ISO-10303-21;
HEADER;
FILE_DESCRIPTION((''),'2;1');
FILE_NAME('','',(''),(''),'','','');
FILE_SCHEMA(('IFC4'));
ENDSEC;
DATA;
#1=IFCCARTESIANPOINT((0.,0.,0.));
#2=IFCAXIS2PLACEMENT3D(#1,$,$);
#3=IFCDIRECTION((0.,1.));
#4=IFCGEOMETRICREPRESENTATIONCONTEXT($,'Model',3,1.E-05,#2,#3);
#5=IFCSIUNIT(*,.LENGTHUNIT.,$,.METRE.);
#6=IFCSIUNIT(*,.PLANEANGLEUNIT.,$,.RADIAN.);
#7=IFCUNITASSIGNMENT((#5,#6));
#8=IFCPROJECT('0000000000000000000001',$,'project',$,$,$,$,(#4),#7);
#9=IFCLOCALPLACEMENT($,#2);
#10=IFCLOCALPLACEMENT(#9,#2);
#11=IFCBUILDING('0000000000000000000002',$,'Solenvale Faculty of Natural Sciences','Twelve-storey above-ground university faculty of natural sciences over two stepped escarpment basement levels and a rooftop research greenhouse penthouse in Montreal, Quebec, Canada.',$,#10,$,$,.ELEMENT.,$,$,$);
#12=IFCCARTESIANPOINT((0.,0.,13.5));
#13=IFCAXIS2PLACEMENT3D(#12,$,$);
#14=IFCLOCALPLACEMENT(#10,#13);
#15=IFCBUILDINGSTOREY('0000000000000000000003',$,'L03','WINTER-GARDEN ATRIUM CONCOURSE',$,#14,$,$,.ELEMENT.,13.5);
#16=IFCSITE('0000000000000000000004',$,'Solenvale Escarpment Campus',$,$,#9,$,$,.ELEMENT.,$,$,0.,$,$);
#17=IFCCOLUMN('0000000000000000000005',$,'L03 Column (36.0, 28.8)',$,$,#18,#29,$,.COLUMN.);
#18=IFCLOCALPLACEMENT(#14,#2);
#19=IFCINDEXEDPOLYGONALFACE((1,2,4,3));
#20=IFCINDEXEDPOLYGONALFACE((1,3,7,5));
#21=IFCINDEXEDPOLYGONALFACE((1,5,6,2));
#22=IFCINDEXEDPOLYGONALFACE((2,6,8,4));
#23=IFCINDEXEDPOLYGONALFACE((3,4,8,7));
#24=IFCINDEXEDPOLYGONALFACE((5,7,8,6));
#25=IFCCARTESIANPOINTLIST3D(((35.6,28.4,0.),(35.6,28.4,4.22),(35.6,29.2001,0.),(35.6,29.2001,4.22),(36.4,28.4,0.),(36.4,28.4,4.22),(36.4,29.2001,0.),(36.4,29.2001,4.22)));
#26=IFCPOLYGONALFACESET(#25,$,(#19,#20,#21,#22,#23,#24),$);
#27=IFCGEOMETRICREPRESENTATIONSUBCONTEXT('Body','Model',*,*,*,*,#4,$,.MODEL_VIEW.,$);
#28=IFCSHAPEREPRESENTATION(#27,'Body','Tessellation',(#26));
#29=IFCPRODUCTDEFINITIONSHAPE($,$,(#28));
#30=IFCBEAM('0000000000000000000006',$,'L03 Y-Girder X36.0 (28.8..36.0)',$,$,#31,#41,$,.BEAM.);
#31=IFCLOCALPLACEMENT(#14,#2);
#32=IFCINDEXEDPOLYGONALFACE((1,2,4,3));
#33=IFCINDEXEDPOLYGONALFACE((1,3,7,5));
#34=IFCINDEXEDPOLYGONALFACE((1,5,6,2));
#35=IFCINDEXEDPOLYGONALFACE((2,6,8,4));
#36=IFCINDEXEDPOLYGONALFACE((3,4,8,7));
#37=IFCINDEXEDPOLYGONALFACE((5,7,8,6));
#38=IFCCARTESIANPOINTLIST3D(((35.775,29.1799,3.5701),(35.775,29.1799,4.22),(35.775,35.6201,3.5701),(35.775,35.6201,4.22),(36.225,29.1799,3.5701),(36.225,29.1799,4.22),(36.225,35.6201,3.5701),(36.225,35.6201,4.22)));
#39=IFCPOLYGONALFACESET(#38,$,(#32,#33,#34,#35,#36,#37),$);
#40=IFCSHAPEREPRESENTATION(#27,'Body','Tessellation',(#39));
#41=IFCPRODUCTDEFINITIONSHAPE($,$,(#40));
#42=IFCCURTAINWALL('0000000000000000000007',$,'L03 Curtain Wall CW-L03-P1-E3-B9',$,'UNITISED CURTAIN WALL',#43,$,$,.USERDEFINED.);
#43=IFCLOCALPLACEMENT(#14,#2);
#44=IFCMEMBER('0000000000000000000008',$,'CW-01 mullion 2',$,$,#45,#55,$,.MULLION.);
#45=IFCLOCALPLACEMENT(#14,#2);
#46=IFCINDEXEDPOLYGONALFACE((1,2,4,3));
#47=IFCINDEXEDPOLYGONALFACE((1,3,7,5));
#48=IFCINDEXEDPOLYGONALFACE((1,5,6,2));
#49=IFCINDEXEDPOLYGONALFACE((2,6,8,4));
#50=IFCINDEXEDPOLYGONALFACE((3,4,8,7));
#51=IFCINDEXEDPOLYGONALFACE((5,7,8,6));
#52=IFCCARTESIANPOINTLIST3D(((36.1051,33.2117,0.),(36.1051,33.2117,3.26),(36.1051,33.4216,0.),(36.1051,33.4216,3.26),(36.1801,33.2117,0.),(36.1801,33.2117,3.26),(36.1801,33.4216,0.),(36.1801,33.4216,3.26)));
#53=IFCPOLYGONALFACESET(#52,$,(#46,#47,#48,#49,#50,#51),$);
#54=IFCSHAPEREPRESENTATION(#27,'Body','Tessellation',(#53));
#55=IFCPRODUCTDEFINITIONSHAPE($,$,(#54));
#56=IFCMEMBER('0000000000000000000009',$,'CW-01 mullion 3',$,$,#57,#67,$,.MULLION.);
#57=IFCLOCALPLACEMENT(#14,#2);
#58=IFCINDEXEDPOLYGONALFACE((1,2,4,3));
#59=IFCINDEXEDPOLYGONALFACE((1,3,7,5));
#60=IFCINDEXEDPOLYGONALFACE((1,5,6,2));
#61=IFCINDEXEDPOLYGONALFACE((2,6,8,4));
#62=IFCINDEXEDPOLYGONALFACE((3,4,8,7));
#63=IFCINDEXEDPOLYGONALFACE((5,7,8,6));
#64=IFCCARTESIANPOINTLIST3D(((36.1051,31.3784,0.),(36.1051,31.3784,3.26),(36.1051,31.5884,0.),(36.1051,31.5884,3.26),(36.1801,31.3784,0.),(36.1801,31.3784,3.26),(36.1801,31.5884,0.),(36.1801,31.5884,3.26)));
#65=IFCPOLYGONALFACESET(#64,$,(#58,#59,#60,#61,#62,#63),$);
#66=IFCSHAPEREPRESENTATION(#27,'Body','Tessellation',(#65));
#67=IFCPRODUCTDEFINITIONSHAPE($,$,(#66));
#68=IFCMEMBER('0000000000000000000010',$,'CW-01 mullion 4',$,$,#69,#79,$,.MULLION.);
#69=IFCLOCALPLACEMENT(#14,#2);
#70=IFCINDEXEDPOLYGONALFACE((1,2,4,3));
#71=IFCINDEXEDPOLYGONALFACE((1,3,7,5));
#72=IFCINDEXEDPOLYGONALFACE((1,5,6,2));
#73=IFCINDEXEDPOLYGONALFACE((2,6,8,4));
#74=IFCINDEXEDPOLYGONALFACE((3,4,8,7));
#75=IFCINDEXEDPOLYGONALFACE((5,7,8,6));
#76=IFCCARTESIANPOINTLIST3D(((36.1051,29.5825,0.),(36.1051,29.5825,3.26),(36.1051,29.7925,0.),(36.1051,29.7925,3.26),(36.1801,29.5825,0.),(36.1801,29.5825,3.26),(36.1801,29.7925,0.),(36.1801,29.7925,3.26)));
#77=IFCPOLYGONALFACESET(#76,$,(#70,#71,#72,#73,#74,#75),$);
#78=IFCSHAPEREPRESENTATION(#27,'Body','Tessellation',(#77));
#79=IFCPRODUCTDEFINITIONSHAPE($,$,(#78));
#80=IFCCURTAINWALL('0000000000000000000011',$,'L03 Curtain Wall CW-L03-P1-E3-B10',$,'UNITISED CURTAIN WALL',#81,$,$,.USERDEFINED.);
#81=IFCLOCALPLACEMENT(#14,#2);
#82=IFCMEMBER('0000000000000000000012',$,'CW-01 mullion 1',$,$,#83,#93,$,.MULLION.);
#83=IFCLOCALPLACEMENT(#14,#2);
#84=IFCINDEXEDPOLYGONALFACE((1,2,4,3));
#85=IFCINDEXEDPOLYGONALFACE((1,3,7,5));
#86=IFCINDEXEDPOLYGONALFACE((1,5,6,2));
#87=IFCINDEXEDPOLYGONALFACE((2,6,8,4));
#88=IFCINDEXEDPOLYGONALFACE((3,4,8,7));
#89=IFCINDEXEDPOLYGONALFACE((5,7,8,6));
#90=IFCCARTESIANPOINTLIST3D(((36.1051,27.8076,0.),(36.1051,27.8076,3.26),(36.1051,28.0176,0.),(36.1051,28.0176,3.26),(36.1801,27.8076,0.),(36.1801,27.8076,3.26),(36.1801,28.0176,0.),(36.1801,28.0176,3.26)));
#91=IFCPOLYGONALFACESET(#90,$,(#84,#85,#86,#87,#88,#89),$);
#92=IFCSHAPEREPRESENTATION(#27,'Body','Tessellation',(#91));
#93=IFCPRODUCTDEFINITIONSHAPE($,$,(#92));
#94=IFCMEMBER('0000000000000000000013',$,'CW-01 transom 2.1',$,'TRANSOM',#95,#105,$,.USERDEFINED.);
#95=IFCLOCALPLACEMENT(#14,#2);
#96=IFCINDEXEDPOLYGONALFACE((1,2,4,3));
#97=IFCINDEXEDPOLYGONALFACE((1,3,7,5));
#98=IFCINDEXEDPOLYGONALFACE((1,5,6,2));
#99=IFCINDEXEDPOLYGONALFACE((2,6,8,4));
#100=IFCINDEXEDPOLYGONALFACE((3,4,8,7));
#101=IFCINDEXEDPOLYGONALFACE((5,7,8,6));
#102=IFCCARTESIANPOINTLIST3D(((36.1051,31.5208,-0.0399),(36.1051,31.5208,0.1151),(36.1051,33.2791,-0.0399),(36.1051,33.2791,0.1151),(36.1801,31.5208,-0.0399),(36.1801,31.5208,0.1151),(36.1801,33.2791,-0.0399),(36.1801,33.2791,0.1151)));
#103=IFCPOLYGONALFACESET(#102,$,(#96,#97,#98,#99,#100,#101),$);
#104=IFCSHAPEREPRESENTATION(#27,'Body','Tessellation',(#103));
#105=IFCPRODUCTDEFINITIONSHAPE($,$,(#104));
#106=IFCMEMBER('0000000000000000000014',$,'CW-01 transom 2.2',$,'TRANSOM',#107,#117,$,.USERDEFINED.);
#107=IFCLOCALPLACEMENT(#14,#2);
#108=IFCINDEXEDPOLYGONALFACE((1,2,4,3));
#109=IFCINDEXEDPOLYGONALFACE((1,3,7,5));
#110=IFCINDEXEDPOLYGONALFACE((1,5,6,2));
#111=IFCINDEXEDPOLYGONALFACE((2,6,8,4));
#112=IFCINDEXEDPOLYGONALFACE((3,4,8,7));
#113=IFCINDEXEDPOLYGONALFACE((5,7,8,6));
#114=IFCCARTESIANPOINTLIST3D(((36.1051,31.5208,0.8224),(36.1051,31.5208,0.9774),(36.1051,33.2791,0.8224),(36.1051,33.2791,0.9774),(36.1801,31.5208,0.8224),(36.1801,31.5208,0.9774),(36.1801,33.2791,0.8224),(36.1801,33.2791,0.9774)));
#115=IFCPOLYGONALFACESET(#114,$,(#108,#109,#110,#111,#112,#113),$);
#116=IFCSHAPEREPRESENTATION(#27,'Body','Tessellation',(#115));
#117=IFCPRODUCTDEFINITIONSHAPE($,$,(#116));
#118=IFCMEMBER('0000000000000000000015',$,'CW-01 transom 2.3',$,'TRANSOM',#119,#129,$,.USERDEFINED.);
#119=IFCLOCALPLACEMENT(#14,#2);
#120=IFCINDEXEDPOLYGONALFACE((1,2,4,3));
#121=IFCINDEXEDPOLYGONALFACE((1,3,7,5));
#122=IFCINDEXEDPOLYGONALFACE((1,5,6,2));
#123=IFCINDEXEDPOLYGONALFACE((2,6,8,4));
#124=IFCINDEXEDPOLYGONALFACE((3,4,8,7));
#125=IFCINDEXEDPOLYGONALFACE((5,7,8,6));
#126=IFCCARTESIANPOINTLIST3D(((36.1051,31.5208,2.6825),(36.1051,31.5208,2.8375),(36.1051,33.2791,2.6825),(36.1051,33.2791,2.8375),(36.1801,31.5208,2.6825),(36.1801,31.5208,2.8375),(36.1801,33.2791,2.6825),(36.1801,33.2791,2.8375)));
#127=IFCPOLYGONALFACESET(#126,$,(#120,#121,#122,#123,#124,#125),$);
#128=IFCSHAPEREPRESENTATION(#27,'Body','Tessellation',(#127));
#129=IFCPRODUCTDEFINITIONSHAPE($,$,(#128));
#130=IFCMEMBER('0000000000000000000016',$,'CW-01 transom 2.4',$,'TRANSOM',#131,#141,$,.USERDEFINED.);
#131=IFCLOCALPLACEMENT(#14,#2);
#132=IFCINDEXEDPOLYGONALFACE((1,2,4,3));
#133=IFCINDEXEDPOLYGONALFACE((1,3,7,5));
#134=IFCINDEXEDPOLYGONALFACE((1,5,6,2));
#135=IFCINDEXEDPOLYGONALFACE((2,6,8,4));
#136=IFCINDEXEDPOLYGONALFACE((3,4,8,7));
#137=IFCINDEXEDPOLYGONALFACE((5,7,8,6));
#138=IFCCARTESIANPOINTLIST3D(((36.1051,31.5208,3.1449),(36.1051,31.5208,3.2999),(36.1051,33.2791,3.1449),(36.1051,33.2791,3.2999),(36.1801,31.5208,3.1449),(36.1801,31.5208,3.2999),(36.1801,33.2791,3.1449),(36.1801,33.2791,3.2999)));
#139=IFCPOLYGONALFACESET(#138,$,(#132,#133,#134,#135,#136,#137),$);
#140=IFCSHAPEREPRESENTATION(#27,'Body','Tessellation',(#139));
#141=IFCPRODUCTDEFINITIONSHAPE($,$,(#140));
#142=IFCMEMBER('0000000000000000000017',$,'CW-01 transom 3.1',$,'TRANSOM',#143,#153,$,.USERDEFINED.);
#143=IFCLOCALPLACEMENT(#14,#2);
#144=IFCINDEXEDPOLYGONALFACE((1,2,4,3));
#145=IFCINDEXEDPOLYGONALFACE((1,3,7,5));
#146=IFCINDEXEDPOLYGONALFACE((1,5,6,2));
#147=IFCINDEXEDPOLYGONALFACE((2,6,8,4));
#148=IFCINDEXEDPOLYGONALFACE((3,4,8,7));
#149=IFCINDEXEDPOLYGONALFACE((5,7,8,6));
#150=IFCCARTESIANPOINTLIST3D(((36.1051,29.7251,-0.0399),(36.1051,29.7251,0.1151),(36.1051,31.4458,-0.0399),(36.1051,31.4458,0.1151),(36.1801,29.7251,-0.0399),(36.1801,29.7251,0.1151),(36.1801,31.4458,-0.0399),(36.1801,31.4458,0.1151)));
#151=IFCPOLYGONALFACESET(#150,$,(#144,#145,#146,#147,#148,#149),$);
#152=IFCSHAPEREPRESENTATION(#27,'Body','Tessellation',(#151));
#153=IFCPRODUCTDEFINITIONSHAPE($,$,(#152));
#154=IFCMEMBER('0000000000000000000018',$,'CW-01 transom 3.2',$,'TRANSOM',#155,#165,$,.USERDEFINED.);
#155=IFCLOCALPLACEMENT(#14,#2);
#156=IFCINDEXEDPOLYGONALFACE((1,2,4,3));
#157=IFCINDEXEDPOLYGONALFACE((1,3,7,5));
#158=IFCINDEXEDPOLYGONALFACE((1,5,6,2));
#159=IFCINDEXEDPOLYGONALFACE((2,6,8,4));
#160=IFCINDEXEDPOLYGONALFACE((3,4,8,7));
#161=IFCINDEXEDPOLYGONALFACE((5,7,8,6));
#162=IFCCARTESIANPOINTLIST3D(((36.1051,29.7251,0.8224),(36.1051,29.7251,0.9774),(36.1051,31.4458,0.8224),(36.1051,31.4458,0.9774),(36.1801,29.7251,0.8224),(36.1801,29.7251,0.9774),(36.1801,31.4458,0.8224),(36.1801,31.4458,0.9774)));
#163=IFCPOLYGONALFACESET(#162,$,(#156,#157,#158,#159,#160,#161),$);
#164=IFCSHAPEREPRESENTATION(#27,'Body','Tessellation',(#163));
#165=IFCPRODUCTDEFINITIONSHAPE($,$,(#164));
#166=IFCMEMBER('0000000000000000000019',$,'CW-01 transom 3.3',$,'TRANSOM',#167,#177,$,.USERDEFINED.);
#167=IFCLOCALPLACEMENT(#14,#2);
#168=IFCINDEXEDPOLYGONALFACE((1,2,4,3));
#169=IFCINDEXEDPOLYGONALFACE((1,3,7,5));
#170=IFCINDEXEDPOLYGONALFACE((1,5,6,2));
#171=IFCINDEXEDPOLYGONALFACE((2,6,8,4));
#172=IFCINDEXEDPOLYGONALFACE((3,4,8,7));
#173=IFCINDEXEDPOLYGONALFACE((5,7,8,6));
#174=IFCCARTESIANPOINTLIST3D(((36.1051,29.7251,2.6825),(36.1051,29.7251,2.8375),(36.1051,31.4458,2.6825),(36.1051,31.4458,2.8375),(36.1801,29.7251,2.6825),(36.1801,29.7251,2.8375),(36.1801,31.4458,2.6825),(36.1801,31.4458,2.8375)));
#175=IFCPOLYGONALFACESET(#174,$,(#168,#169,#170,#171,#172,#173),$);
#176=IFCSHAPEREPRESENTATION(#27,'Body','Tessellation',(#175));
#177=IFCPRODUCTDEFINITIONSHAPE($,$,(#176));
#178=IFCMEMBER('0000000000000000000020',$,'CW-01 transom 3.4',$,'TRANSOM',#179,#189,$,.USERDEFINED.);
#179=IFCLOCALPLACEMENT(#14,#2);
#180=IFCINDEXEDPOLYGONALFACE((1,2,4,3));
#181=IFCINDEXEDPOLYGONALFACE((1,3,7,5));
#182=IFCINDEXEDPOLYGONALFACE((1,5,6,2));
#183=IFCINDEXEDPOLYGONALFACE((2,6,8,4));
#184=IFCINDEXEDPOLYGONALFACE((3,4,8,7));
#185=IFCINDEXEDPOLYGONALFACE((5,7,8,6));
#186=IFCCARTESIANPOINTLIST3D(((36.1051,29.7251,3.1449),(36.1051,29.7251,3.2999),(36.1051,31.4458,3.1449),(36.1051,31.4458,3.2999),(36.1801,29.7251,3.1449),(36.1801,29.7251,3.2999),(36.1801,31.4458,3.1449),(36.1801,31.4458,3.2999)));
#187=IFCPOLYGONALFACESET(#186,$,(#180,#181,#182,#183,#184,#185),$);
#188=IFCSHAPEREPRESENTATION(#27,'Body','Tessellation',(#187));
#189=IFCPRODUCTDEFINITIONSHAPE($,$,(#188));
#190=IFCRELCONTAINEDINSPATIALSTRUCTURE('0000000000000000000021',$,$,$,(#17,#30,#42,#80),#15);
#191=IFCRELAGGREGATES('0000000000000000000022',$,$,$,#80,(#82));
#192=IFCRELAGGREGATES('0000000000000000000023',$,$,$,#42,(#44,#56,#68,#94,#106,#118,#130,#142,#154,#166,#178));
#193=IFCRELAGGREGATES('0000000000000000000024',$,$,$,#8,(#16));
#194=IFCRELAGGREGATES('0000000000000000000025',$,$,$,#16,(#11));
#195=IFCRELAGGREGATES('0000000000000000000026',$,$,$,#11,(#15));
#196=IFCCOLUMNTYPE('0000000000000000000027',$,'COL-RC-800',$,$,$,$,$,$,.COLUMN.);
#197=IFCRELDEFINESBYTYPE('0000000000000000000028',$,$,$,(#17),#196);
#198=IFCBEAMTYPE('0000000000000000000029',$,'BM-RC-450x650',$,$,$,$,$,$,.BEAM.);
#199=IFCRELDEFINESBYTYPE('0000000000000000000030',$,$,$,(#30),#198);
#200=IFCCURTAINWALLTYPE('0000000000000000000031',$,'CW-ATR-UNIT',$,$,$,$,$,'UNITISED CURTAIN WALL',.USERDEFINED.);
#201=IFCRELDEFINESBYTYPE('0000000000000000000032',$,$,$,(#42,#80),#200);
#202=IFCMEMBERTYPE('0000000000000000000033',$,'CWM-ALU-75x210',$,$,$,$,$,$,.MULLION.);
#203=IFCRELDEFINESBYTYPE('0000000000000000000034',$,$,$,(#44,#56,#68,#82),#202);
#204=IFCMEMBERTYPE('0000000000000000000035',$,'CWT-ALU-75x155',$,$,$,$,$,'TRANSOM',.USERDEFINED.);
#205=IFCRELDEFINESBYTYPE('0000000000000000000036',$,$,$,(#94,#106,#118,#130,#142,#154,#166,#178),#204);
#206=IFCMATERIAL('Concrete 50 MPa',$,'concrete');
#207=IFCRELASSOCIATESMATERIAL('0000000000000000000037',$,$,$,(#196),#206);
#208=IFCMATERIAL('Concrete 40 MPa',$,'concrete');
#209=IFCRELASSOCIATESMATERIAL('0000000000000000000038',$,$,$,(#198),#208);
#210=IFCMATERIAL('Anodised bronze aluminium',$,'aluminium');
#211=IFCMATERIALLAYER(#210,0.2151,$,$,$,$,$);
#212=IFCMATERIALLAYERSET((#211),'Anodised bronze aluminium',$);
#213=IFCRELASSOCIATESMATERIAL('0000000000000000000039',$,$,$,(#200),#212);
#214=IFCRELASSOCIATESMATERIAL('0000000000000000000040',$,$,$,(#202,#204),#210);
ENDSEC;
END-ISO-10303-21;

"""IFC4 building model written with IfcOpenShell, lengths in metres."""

from ifc_helpers import new_model, si_unit, direction, frame, origin, origin_2d, place, context, subcontext, project, spatial, rectangle, extrude, material, layer, layer_set, material_profile, profile_set, type_object, element, aggregate, save


model = new_model("IFC4")

# Units and contexts
model_context = context("Model", 3, precision=1e-05, world=origin(), true_north=direction((0.0, 1.0)))
body_context = subcontext(model_context, "Body", "Model", "MODEL_VIEW")
ifc_project = project(units=[si_unit("LENGTHUNIT", "METRE"), si_unit("PLANEANGLEUNIT", "RADIAN")], contexts=[model_context])

# Site, building, storey
site_placement = place(None, origin())
site = spatial("IfcSite", under=ifc_project, at=site_placement, Name="Solenvale Escarpment Campus", CompositionType="ELEMENT", RefElevation=0.0)
building_placement = place(site_placement, origin())
building = spatial("IfcBuilding", under=site, at=building_placement, Name="Solenvale Faculty of Natural Sciences", Description="Twelve-storey above-ground university faculty of natural sciences over two stepped escarpment basement levels and a rooftop research greenhouse penthouse in Montreal, Quebec, Canada.", CompositionType="ELEMENT")
storey_placement = place(building_placement, frame((0.0, 0.0, 13.5)))
storey = spatial("IfcBuildingStorey", under=building, at=storey_placement, Name="L03", Description="WINTER-GARDEN ATRIUM CONCOURSE", CompositionType="ELEMENT", Elevation=13.5)

# Column
ifc_material_1 = material(Name="Concrete 50 MPa", Category="concrete")
ifc_material_profile_1 = material_profile(ifc_material_1, rectangle(XDim=0.8, YDim=0.8, at=origin_2d()), Name="RC-COL-800x800")
ifc_profile_set_1 = profile_set([ifc_material_profile_1], Name="Concrete 50 MPa")
column_type = type_object("IfcColumnType", Name="COL-RC-800", PredefinedType="COLUMN", material=ifc_profile_set_1)
column_placement = place(storey_placement, frame((36.0, 28.8, 0.0), z_axis=(0.0, 0.0, 1.0), x_axis=(1.0, 0.0, 0.0)))
element("IfcColumn", 1, at=column_placement, inside=storey, type_object=column_type, Name="L03 Column (36.0, 28.8)", PredefinedType="COLUMN", context=body_context, shape_type="SweptSolid", body=[
    extrude(rectangle(XDim=0.8, YDim=0.8, at=origin_2d()), origin(), (0.0, 0.0, 1.0), 4.22),
])

# Beam
ifc_material_2 = material(Name="Concrete 40 MPa", Category="concrete")
ifc_material_profile_2 = material_profile(ifc_material_2, rectangle(XDim=0.45, YDim=0.6499, at=origin_2d()), Name="RC-BM-450x650")
ifc_profile_set_2 = profile_set([ifc_material_profile_2], Name="Concrete 40 MPa")
beam_type = type_object("IfcBeamType", Name="BM-RC-450x650", PredefinedType="BEAM", material=ifc_profile_set_2)
beam_placement = place(storey_placement, frame((36.0, 29.1799, 3.895), z_axis=(0.0, 1.0, 0.0), x_axis=(-1.0, 0.0, 0.0)))
element("IfcBeam", 2, at=beam_placement, inside=storey, type_object=beam_type, Name="L03 Y-Girder X36.0 (28.8..36.0)", PredefinedType="BEAM", context=body_context, shape_type="SweptSolid", body=[
    extrude(rectangle(XDim=0.45, YDim=0.6499, at=origin_2d()), origin(), (0.0, 0.0, 1.0), 6.4402),
])

# Curtain wall, members
ifc_material_3 = material(Name="Anodised bronze aluminium", Category="aluminium")
ifc_layer_1 = layer(ifc_material_3, 0.2151)
ifc_layer_set_1 = layer_set([ifc_layer_1], Name="Anodised bronze aluminium")
curtain_wall_type = type_object("IfcCurtainWallType", Name="CW-ATR-UNIT", ElementType="UNITISED CURTAIN WALL", PredefinedType="USERDEFINED", material=ifc_layer_set_1)
curtain_wall_1_placement = place(storey_placement, origin())
curtain_wall_1 = element("IfcCurtainWall", 3, at=curtain_wall_1_placement, inside=storey, type_object=curtain_wall_type, Name="L03 Curtain Wall CW-L03-P1-E3-B9", ObjectType="UNITISED CURTAIN WALL", PredefinedType="USERDEFINED")
ifc_material_profile_3 = material_profile(ifc_material_3, rectangle(XDim=0.075, YDim=0.21, at=origin_2d()), Name="ALU-MUL-75x210")
ifc_profile_set_3 = profile_set([ifc_material_profile_3], Name="Anodised bronze aluminium")
member_type_1 = type_object("IfcMemberType", Name="CWM-ALU-75x210", PredefinedType="MULLION", material=ifc_profile_set_3)
member_1_placement = place(storey_placement, frame((36.1426, 33.3167, 0.0), z_axis=(0.0, 0.0, 1.0), x_axis=(1.0, 0.0, 0.0)))
member_1 = element("IfcMember", 4, at=member_1_placement, type_object=member_type_1, Name="CW-01 mullion 2", PredefinedType="MULLION", context=body_context, shape_type="SweptSolid", body=[
    extrude(rectangle(XDim=0.075, YDim=0.21, at=origin_2d()), origin(), (0.0, 0.0, 1.0), 3.26),
])
member_2_placement = place(storey_placement, frame((36.1426, 31.4834, 0.0), z_axis=(0.0, 0.0, 1.0), x_axis=(1.0, 0.0, 0.0)))
member_2 = element("IfcMember", 5, at=member_2_placement, type_object=member_type_1, Name="CW-01 mullion 3", PredefinedType="MULLION", context=body_context, shape_type="SweptSolid", body=[
    extrude(rectangle(XDim=0.075, YDim=0.21, at=origin_2d()), origin(), (0.0, 0.0, 1.0), 3.26),
])
member_3_placement = place(storey_placement, frame((36.1426, 29.6875, 0.0), z_axis=(0.0, 0.0, 1.0), x_axis=(1.0, 0.0, 0.0)))
member_3 = element("IfcMember", 6, at=member_3_placement, type_object=member_type_1, Name="CW-01 mullion 4", PredefinedType="MULLION", context=body_context, shape_type="SweptSolid", body=[
    extrude(rectangle(XDim=0.075, YDim=0.21, at=origin_2d()), origin(), (0.0, 0.0, 1.0), 3.26),
])

# Curtain wall, member
curtain_wall_2_placement = place(storey_placement, origin())
curtain_wall_2 = element("IfcCurtainWall", 7, at=curtain_wall_2_placement, inside=storey, type_object=curtain_wall_type, Name="L03 Curtain Wall CW-L03-P1-E3-B10", ObjectType="UNITISED CURTAIN WALL", PredefinedType="USERDEFINED")
member_4_placement = place(storey_placement, frame((36.1426, 27.9126, 0.0), z_axis=(0.0, 0.0, 1.0), x_axis=(1.0, 0.0, 0.0)))
member_4 = element("IfcMember", 8, at=member_4_placement, type_object=member_type_1, Name="CW-01 mullion 1", PredefinedType="MULLION", context=body_context, shape_type="SweptSolid", body=[
    extrude(rectangle(XDim=0.075, YDim=0.21, at=origin_2d()), origin(), (0.0, 0.0, 1.0), 3.26),
])

# Members
ifc_material_profile_4 = material_profile(ifc_material_3, rectangle(XDim=0.075, YDim=0.155, at=origin_2d()), Name="ALU-TRN-75x155")
ifc_profile_set_4 = profile_set([ifc_material_profile_4], Name="Anodised bronze aluminium")
member_type_2 = type_object("IfcMemberType", Name="CWT-ALU-75x155", ElementType="TRANSOM", PredefinedType="USERDEFINED", material=ifc_profile_set_4)
member_5_placement = place(storey_placement, frame((36.1426, 33.2791, 0.0376), z_axis=(0.0, -1.0, 0.0), x_axis=(1.0, 0.0, 0.0)))
member_5 = element("IfcMember", 9, at=member_5_placement, type_object=member_type_2, Name="CW-01 transom 2.1", ObjectType="TRANSOM", PredefinedType="USERDEFINED", context=body_context, shape_type="SweptSolid", body=[
    extrude(rectangle(XDim=0.075, YDim=0.155, at=origin_2d()), origin(), (0.0, 0.0, 1.0), 1.7583),
])
member_6_placement = place(storey_placement, frame((36.1426, 33.2791, 0.8999), z_axis=(0.0, -1.0, 0.0), x_axis=(1.0, 0.0, 0.0)))
member_6 = element("IfcMember", 10, at=member_6_placement, type_object=member_type_2, Name="CW-01 transom 2.2", ObjectType="TRANSOM", PredefinedType="USERDEFINED", context=body_context, shape_type="SweptSolid", body=[
    extrude(rectangle(XDim=0.075, YDim=0.155, at=origin_2d()), origin(), (0.0, 0.0, 1.0), 1.7583),
])
member_7_placement = place(storey_placement, frame((36.1426, 33.2791, 2.76), z_axis=(0.0, -1.0, 0.0), x_axis=(1.0, 0.0, 0.0)))
member_7 = element("IfcMember", 11, at=member_7_placement, type_object=member_type_2, Name="CW-01 transom 2.3", ObjectType="TRANSOM", PredefinedType="USERDEFINED", context=body_context, shape_type="SweptSolid", body=[
    extrude(rectangle(XDim=0.075, YDim=0.155, at=origin_2d()), origin(), (0.0, 0.0, 1.0), 1.7583),
])
member_8_placement = place(storey_placement, frame((36.1426, 33.2791, 3.2224), z_axis=(0.0, -1.0, 0.0), x_axis=(1.0, 0.0, 0.0)))
member_8 = element("IfcMember", 12, at=member_8_placement, type_object=member_type_2, Name="CW-01 transom 2.4", ObjectType="TRANSOM", PredefinedType="USERDEFINED", context=body_context, shape_type="SweptSolid", body=[
    extrude(rectangle(XDim=0.075, YDim=0.155, at=origin_2d()), origin(), (0.0, 0.0, 1.0), 1.7583),
])
member_9_placement = place(storey_placement, frame((36.1426, 31.4458, 0.0376), z_axis=(0.0, -1.0, 0.0), x_axis=(1.0, 0.0, 0.0)))
member_9 = element("IfcMember", 13, at=member_9_placement, type_object=member_type_2, Name="CW-01 transom 3.1", ObjectType="TRANSOM", PredefinedType="USERDEFINED", context=body_context, shape_type="SweptSolid", body=[
    extrude(rectangle(XDim=0.075, YDim=0.155, at=origin_2d()), origin(), (0.0, 0.0, 1.0), 1.7207),
])
member_10_placement = place(storey_placement, frame((36.1426, 31.4458, 0.8999), z_axis=(0.0, -1.0, 0.0), x_axis=(1.0, 0.0, 0.0)))
member_10 = element("IfcMember", 14, at=member_10_placement, type_object=member_type_2, Name="CW-01 transom 3.2", ObjectType="TRANSOM", PredefinedType="USERDEFINED", context=body_context, shape_type="SweptSolid", body=[
    extrude(rectangle(XDim=0.075, YDim=0.155, at=origin_2d()), origin(), (0.0, 0.0, 1.0), 1.7207),
])
member_11_placement = place(storey_placement, frame((36.1426, 31.4458, 2.76), z_axis=(0.0, -1.0, 0.0), x_axis=(1.0, 0.0, 0.0)))
member_11 = element("IfcMember", 15, at=member_11_placement, type_object=member_type_2, Name="CW-01 transom 3.3", ObjectType="TRANSOM", PredefinedType="USERDEFINED", context=body_context, shape_type="SweptSolid", body=[
    extrude(rectangle(XDim=0.075, YDim=0.155, at=origin_2d()), origin(), (0.0, 0.0, 1.0), 1.7207),
])
member_12_placement = place(storey_placement, frame((36.1426, 31.4458, 3.2224), z_axis=(0.0, -1.0, 0.0), x_axis=(1.0, 0.0, 0.0)))
member_12 = element("IfcMember", 16, at=member_12_placement, type_object=member_type_2, Name="CW-01 transom 3.4", ObjectType="TRANSOM", PredefinedType="USERDEFINED", context=body_context, shape_type="SweptSolid", body=[
    extrude(rectangle(XDim=0.075, YDim=0.155, at=origin_2d()), origin(), (0.0, 0.0, 1.0), 1.7207),
])
aggregate(curtain_wall_2, [member_4])

aggregate(curtain_wall_1, [member_1, member_2, member_3, member_5, member_6, member_7, member_8, member_9, member_10, member_11, member_12])

save(model, "model.ifc")
